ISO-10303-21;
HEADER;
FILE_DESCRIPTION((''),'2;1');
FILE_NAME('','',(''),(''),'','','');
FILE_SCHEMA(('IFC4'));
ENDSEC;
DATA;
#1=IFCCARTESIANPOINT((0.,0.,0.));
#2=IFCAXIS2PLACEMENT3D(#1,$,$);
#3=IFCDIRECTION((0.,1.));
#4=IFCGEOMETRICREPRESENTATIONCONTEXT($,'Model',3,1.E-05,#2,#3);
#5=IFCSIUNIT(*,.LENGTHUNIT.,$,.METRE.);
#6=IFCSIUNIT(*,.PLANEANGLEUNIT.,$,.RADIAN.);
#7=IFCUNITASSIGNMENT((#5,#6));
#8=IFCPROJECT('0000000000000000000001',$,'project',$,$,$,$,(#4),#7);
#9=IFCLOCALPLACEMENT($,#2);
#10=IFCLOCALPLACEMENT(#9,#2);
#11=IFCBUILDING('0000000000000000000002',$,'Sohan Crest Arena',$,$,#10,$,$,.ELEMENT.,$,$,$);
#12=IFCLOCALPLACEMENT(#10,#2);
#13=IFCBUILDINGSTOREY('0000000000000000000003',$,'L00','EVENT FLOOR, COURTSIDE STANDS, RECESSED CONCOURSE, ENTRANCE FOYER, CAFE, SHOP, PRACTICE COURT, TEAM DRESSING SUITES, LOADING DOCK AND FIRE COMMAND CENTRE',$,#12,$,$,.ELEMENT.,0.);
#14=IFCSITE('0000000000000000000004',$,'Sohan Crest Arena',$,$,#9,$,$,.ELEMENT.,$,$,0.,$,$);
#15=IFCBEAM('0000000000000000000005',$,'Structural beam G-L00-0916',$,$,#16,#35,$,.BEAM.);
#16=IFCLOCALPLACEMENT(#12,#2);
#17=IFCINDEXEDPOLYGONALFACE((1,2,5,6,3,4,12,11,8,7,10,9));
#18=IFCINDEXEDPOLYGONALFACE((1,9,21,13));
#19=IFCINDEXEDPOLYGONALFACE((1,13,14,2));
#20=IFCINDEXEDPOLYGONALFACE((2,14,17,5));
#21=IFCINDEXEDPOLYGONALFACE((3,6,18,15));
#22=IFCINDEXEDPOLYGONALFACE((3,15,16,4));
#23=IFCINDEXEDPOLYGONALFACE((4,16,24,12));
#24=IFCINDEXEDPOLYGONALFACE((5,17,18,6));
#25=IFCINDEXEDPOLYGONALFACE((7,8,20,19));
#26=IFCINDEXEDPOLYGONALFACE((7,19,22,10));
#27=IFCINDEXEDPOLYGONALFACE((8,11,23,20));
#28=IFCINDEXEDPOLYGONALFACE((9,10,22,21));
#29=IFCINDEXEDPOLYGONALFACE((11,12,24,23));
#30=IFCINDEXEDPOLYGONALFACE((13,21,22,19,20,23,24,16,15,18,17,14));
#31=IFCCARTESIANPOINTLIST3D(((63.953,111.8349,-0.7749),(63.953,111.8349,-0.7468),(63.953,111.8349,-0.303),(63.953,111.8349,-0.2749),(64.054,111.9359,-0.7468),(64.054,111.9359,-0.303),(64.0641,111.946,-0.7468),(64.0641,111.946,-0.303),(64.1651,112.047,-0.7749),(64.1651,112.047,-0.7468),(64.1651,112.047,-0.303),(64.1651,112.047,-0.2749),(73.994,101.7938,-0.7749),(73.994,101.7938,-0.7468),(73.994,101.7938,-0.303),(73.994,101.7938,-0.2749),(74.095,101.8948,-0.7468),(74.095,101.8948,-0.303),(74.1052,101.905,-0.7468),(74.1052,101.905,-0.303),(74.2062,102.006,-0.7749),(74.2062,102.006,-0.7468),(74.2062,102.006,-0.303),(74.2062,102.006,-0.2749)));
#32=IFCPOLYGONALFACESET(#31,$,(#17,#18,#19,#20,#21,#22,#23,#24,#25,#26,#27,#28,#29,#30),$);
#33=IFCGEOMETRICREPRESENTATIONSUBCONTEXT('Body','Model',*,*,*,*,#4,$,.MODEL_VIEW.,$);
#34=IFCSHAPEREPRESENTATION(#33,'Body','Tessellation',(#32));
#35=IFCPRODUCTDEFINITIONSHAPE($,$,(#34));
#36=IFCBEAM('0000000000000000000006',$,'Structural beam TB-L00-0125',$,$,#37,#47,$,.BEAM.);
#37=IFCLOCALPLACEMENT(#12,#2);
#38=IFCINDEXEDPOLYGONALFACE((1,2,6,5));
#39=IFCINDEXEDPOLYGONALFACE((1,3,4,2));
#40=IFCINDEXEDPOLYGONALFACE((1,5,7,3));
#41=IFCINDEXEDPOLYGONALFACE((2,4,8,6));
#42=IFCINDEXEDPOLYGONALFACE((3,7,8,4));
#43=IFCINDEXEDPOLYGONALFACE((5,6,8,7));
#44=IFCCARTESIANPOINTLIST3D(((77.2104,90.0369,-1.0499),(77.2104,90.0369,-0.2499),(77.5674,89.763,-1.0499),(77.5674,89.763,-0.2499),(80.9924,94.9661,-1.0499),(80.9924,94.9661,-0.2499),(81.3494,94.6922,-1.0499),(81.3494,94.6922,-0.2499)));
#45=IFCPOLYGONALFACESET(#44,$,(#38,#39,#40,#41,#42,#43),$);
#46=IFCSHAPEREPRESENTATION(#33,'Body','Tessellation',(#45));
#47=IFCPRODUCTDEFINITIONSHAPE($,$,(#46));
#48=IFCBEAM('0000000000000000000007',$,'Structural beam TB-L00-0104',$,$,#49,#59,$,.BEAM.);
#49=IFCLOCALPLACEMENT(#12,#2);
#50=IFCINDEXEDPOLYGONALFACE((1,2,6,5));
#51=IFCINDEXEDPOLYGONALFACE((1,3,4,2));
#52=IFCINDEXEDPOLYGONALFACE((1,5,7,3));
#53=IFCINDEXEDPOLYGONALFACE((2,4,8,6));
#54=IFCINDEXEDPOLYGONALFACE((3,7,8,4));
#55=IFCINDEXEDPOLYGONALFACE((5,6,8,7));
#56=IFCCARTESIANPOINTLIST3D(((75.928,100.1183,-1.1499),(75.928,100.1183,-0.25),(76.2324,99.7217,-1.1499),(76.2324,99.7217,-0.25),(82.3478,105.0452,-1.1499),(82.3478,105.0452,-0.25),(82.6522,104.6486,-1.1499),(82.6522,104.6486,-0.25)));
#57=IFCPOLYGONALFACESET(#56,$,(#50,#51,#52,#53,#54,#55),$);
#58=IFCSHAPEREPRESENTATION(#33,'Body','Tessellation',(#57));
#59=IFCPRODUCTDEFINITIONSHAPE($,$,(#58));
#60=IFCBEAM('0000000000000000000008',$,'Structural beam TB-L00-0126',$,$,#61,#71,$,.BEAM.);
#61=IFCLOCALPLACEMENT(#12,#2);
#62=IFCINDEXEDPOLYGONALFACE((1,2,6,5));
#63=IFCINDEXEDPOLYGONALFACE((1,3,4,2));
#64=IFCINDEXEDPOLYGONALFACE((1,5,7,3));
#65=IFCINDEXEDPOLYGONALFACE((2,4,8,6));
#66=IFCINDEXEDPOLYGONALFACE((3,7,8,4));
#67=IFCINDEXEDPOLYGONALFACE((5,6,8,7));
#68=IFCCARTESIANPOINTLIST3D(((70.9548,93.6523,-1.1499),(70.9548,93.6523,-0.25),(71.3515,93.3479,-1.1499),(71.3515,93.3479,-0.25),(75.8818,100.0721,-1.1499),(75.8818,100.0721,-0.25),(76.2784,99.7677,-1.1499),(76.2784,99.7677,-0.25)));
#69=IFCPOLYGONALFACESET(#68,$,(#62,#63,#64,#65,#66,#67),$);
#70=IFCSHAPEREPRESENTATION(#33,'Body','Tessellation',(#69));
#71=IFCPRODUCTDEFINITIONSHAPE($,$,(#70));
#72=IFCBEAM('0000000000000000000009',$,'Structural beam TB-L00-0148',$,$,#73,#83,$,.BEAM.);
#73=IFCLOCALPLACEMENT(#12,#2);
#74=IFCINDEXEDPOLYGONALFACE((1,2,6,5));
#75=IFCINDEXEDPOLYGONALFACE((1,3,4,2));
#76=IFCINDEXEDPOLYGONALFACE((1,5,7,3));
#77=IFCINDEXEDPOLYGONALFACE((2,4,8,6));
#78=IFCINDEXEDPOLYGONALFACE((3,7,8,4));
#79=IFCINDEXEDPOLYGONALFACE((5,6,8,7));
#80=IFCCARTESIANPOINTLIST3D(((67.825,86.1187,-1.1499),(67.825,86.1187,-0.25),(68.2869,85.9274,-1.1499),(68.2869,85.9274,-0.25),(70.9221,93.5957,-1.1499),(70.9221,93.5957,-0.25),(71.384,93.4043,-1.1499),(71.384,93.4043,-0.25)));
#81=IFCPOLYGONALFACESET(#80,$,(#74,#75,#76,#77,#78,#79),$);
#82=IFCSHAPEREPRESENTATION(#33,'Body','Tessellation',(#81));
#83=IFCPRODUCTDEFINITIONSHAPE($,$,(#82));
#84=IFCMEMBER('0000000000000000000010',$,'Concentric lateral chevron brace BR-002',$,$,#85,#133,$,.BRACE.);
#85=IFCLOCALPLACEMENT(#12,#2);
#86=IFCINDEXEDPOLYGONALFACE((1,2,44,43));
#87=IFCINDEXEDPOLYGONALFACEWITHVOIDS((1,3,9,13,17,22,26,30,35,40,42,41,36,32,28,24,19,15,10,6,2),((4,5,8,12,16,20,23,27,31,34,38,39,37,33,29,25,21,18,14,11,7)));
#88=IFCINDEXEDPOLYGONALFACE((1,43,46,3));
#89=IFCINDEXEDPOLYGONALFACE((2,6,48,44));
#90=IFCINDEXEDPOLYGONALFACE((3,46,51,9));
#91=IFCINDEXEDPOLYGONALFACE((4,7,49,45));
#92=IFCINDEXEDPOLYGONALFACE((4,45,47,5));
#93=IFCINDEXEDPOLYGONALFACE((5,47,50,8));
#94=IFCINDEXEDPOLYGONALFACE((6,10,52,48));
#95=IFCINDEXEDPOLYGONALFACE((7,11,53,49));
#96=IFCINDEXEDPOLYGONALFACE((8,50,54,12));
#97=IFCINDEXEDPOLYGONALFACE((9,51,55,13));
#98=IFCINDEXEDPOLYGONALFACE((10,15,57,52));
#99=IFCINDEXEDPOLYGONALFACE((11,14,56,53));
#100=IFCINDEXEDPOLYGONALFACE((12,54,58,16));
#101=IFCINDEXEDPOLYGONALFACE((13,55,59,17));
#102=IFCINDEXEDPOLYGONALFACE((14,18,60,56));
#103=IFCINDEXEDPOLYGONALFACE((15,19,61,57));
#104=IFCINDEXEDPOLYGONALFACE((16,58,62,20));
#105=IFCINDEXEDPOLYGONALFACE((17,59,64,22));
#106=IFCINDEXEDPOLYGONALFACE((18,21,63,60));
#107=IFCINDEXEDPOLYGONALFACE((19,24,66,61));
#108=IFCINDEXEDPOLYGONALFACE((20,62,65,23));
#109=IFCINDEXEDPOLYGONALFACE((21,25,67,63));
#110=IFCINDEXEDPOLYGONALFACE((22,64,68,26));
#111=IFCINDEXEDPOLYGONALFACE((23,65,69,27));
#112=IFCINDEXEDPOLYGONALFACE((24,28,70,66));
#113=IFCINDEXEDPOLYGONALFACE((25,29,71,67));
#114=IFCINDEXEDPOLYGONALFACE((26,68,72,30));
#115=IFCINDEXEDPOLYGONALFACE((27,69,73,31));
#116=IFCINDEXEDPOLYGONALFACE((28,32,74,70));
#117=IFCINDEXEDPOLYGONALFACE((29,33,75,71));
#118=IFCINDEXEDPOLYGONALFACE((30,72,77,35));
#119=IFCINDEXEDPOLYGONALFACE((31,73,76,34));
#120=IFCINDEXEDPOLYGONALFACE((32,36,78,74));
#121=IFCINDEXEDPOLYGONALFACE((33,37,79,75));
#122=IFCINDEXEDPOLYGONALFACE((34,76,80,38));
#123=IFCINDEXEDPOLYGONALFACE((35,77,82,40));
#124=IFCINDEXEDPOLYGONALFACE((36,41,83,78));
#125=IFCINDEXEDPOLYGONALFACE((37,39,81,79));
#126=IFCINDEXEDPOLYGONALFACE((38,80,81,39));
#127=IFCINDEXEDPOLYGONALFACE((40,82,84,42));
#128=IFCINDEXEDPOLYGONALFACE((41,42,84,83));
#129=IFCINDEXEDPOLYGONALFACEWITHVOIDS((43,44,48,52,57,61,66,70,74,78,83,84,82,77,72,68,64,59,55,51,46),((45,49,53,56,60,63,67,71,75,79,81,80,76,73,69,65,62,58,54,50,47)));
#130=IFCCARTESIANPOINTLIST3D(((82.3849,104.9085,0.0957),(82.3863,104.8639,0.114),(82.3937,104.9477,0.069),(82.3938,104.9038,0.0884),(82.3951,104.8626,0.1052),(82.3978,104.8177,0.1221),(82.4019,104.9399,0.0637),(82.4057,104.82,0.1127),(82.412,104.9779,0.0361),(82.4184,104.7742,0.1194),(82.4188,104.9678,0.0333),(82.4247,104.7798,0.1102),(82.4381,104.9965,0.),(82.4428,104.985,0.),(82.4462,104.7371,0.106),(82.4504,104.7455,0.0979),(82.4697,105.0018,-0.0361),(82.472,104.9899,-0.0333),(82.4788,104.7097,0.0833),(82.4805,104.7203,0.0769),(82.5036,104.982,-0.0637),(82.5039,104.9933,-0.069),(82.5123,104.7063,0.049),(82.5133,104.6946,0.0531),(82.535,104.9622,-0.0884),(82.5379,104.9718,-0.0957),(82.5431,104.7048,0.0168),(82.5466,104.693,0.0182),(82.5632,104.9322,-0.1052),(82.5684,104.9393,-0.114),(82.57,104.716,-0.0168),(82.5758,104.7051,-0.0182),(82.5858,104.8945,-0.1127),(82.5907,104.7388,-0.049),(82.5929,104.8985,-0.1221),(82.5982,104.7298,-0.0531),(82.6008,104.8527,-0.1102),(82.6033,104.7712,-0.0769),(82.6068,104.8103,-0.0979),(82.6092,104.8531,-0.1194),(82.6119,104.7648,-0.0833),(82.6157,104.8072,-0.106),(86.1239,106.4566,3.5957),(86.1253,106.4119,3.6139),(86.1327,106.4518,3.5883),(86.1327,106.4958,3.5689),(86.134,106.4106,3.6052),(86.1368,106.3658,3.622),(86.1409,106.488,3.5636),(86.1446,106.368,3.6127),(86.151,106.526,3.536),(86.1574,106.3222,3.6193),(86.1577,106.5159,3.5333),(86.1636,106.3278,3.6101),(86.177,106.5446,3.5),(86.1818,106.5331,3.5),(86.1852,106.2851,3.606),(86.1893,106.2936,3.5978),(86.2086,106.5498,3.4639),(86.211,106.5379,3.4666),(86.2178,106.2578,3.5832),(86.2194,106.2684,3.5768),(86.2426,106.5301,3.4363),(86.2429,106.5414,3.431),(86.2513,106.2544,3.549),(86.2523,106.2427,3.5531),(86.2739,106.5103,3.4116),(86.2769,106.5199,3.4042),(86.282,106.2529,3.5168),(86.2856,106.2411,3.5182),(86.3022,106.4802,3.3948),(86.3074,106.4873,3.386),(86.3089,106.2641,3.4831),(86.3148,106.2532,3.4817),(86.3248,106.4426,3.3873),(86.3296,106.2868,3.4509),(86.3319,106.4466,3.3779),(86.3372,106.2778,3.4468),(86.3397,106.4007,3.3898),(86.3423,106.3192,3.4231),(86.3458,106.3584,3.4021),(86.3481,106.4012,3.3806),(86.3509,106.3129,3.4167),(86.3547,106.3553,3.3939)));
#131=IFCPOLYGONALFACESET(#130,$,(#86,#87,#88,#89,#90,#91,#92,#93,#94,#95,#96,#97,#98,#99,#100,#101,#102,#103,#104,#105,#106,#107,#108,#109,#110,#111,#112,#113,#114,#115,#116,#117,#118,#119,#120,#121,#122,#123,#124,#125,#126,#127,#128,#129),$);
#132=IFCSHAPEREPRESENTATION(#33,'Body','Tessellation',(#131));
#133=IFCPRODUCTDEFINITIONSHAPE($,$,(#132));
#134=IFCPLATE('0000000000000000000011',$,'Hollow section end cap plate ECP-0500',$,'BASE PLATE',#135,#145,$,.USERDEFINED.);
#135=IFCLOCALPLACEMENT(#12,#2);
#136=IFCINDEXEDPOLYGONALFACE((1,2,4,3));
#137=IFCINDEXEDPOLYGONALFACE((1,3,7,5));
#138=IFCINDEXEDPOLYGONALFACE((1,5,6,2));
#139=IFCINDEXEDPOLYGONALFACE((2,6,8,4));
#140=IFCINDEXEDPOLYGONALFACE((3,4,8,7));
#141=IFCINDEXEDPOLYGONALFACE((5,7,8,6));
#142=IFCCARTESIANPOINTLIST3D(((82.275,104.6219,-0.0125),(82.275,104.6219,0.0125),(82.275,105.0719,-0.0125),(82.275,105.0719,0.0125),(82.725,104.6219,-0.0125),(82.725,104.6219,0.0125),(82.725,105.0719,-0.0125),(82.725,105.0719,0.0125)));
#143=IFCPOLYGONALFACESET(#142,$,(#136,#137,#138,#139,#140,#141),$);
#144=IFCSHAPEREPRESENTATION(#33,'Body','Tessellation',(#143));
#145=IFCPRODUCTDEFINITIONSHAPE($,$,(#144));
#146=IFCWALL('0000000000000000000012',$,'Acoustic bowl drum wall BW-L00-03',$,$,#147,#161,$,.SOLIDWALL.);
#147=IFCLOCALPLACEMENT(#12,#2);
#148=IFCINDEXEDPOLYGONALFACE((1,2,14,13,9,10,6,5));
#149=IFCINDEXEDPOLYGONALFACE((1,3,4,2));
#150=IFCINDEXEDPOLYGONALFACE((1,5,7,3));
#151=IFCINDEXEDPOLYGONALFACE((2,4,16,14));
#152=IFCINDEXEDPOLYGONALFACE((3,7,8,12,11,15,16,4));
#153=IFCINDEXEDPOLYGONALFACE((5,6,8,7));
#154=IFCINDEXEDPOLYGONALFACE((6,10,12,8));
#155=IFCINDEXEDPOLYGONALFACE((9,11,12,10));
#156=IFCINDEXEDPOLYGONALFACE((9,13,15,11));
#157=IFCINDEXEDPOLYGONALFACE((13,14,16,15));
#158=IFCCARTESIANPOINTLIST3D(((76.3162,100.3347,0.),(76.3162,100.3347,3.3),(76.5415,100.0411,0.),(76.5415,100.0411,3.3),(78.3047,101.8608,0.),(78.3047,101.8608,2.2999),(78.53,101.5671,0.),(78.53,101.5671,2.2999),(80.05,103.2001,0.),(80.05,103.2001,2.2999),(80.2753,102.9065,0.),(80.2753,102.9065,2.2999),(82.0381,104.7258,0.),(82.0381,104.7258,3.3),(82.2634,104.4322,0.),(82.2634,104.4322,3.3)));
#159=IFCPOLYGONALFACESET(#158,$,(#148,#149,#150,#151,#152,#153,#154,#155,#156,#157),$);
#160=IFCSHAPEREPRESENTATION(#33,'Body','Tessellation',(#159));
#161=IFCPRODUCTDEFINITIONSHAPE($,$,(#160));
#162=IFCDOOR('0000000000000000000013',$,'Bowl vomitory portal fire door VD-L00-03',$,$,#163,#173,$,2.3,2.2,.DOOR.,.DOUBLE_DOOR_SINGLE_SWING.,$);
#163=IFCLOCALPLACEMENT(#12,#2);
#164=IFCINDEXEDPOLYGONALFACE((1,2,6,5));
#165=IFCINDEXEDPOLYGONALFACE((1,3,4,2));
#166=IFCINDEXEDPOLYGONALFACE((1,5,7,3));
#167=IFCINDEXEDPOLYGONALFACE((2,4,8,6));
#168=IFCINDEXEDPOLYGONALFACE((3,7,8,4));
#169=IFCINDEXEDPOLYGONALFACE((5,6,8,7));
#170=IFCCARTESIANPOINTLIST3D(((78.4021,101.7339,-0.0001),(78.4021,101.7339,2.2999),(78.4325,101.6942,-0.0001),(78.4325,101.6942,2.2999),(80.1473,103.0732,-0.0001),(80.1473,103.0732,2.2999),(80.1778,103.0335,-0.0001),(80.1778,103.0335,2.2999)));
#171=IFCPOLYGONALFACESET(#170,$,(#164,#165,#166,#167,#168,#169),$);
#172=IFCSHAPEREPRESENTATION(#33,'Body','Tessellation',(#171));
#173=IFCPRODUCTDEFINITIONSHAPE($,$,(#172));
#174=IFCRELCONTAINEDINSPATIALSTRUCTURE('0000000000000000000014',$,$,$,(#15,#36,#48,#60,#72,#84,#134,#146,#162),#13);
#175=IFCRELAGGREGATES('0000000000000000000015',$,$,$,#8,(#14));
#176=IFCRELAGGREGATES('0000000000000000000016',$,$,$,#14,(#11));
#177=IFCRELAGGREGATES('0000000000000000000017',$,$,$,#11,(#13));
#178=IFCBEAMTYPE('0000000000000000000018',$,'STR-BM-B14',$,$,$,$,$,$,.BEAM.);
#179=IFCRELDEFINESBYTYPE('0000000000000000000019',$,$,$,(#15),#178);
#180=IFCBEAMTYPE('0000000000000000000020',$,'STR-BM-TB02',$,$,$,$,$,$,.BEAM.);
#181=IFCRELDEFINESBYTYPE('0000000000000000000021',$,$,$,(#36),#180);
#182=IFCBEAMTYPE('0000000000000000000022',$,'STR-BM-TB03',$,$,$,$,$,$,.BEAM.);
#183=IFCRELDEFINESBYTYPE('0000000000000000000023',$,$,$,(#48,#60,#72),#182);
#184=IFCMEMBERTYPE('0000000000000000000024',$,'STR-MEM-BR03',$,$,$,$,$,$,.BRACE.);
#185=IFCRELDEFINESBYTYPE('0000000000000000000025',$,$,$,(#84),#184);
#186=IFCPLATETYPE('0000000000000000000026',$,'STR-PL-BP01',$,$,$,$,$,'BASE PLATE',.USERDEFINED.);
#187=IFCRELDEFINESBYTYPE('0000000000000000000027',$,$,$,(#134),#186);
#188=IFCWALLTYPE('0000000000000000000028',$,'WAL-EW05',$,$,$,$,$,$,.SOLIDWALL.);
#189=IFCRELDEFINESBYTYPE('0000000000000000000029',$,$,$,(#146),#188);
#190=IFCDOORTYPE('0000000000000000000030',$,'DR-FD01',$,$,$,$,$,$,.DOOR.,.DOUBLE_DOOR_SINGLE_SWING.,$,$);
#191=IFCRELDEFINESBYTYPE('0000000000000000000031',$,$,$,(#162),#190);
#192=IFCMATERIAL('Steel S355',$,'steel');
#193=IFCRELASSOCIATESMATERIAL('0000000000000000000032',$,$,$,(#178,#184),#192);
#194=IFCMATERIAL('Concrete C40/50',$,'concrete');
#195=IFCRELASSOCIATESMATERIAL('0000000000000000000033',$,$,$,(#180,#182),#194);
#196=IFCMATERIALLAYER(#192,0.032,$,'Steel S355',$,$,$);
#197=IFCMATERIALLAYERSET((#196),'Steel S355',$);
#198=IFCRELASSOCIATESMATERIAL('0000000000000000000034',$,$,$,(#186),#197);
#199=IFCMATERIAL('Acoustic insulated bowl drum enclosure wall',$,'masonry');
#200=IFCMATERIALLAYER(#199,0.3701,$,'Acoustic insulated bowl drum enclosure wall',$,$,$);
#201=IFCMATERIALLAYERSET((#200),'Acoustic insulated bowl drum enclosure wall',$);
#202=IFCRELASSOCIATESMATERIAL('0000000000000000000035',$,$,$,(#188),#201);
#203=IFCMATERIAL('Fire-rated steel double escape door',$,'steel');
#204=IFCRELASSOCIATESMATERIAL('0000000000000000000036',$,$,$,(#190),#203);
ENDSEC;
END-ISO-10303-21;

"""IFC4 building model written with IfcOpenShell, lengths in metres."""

from ifc_helpers import new_model, si_unit, direction, frame, frame_2d, origin, origin_2d, place, context, subcontext, project, spatial, rectangle, hollow_circle, i_section, extrude, material, layer, layer_set, material_profile, profile_set, type_object, element, fill, save


model = new_model("IFC4")

# Units and contexts
model_context = context("Model", 3, precision=1e-05, world=origin(), true_north=direction((0.0, 1.0)))
body_context = subcontext(model_context, "Body", "Model", "MODEL_VIEW")
ifc_project = project(units=[si_unit("LENGTHUNIT", "METRE"), si_unit("PLANEANGLEUNIT", "RADIAN")], contexts=[model_context])

# Site, building, storey
site_placement = place(None, origin())
site = spatial("IfcSite", under=ifc_project, at=site_placement, Name="Sohan Crest Arena", CompositionType="ELEMENT", RefElevation=0.0)
building_placement = place(site_placement, origin())
building = spatial("IfcBuilding", under=site, at=building_placement, Name="Sohan Crest Arena", CompositionType="ELEMENT")
storey_placement = place(building_placement, origin())
storey = spatial("IfcBuildingStorey", under=building, at=storey_placement, Name="L00", Description="EVENT FLOOR, COURTSIDE STANDS, RECESSED CONCOURSE, ENTRANCE FOYER, CAFE, SHOP, PRACTICE COURT, TEAM DRESSING SUITES, LOADING DOCK AND FIRE COMMAND CENTRE", CompositionType="ELEMENT", Elevation=0.0)

# Shared definitions
ifc_material_1 = material(Name="Concrete C40/50", Category="concrete")
ifc_material_2 = material(Name="Steel S355", Category="steel")

# Beams
ifc_material_profile_1 = material_profile(ifc_material_2, i_section(OverallWidth=0.3, OverallDepth=0.5, WebThickness=0.0144, FlangeThickness=0.0281, at=origin_2d()), Name="HEB 500")
ifc_profile_set_1 = profile_set([ifc_material_profile_1], Name="Steel S355")
beam_type_1 = type_object("IfcBeamType", Name="STR-BM-B14", PredefinedType="BEAM", material=ifc_profile_set_1)
beam_1_placement = place(storey_placement, frame((74.1001, 101.8999, -0.5249), z_axis=(-0.707107, 0.707107, 0.0), x_axis=(-0.707107, -0.707107, 0.0)))
element("IfcBeam", 1, at=beam_1_placement, inside=storey, type_object=beam_type_1, Name="Structural beam G-L00-0916", PredefinedType="BEAM", context=body_context, shape_type="SweptSolid", body=[
    extrude(i_section(OverallWidth=0.3, OverallDepth=0.5, WebThickness=0.0144, FlangeThickness=0.0281, at=origin_2d()), origin(), (0.0, 0.0, 1.0), 14.2002),
])
ifc_material_profile_2 = material_profile(ifc_material_1, rectangle(XDim=0.45, YDim=0.8, at=origin_2d()), Name="RC-BM 450x800")
ifc_profile_set_2 = profile_set([ifc_material_profile_2], Name="Concrete C40/50")
beam_type_2 = type_object("IfcBeamType", Name="STR-BM-TB02", PredefinedType="BEAM", material=ifc_profile_set_2)
beam_2_placement = place(storey_placement, frame((81.1709, 94.8291, -0.6499), z_axis=(-0.608728, -0.793379, 0.0), x_axis=(0.793379, -0.608728, 0.0)))
element("IfcBeam", 2, at=beam_2_placement, inside=storey, type_object=beam_type_2, Name="Structural beam TB-L00-0125", PredefinedType="BEAM", context=body_context, shape_type="SweptSolid", body=[
    extrude(rectangle(XDim=0.45, YDim=0.8, at=origin_2d()), origin(), (0.0, 0.0, 1.0), 6.2129),
])
ifc_material_profile_3 = material_profile(ifc_material_1, rectangle(XDim=0.5, YDim=0.8999, at=origin_2d()), Name="RC-BM 500x900")
ifc_profile_set_3 = profile_set([ifc_material_profile_3], Name="Concrete C40/50")
beam_type_3 = type_object("IfcBeamType", Name="STR-BM-TB03", PredefinedType="BEAM", material=ifc_profile_set_3)
for number, where, z_axis, x_axis, name in (
    (3, (82.5, 104.8469, -0.7), (-0.793304, -0.608825, 0.0), (0.608825, -0.793304, 0.0), "Structural beam TB-L00-0104"),
    (4, (76.0801, 99.9199, -0.7), (-0.608825, -0.793304, 0.0), (0.793304, -0.608825, 0.0), "Structural beam TB-L00-0126"),
):
    element("IfcBeam", number, at=place(storey_placement, frame(where, z_axis=z_axis, x_axis=x_axis)), inside=storey, type_object=beam_type_3, Name=name, PredefinedType="BEAM", context=body_context, shape_type="SweptSolid", body=[
        extrude(rectangle(XDim=0.5, YDim=0.8999, at=origin_2d()), origin(), (0.0, 0.0, 1.0), 8.0925),
    ])
beam_3_placement = place(storey_placement, frame((71.1531, 93.5, -0.7), z_axis=(-0.382691, -0.923876, 0.0), x_axis=(0.923876, -0.382691, 0.0)))
element("IfcBeam", 5, at=beam_3_placement, inside=storey, type_object=beam_type_3, Name="Structural beam TB-L00-0148", PredefinedType="BEAM", context=body_context, shape_type="SweptSolid", body=[
    extrude(rectangle(XDim=0.5, YDim=0.8999, at=origin_2d()), origin(), (0.0, 0.0, 1.0), 8.093),
])

# Member
ifc_material_profile_4 = material_profile(ifc_material_2, hollow_circle(Radius=0.1619, WallThickness=0.0125, at=origin_2d()), Name="CHS 323.9x12.5")
ifc_profile_set_4 = profile_set([ifc_material_profile_4], Name="Steel S355")
member_type = type_object("IfcMemberType", Name="STR-MEM-BR03", PredefinedType="BRACE", material=ifc_profile_set_4)
member_placement = place(storey_placement, frame((82.5, 104.8469, 0.0), z_axis=(0.698828, 0.289342, 0.654156), x_axis=(-0.382545, 0.923937, 0.0)))
element("IfcMember", 6, at=member_placement, inside=storey, type_object=member_type, Name="Concentric lateral chevron brace BR-002", PredefinedType="BRACE", context=body_context, shape_type="SweptSolid", body=[
    extrude(hollow_circle(Radius=0.1619, WallThickness=0.0125, at=origin_2d()), origin(), (0.0, 0.0, 1.0), 5.3503),
])

# Plate
ifc_layer_1 = layer(ifc_material_2, 0.032, Name="Steel S355")
ifc_layer_set_1 = layer_set([ifc_layer_1], Name="Steel S355")
plate_type = type_object("IfcPlateType", Name="STR-PL-BP01", ElementType="BASE PLATE", PredefinedType="USERDEFINED", material=ifc_layer_set_1)
plate_placement = place(storey_placement, frame((82.5, 104.8469, -0.0125), z_axis=(0.0, 0.0, 1.0), x_axis=(1.0, 0.0, 0.0)))
element("IfcPlate", 7, at=plate_placement, inside=storey, type_object=plate_type, Name="Hollow section end cap plate ECP-0500", ObjectType="BASE PLATE", PredefinedType="USERDEFINED", context=body_context, shape_type="SweptSolid", body=[
    extrude(rectangle(XDim=0.45, YDim=0.45, at=origin_2d()), origin(), (0.0, 0.0, 1.0), 0.0249),
])

# Wall, opening, door
ifc_material_3 = material(Name="Acoustic insulated bowl drum enclosure wall", Category="masonry")
ifc_layer_2 = layer(ifc_material_3, 0.3701, Name="Acoustic insulated bowl drum enclosure wall")
ifc_layer_set_2 = layer_set([ifc_layer_2], Name="Acoustic insulated bowl drum enclosure wall")
wall_type_1 = type_object("IfcWallType", Name="WAL-EW05", PredefinedType="SOLIDWALL", material=ifc_layer_set_2)
wall_1_placement = place(storey_placement, frame((82.1509, 104.5791, 0.0), z_axis=(0.0, 0.0, 1.0), x_axis=(-0.793318, -0.608807, 0.0)))
wall_1 = element("IfcWall", 8, at=wall_1_placement, inside=storey, type_object=wall_type_1, Name="Acoustic bowl drum wall BW-L00-03", PredefinedType="SOLIDWALL", context=body_context, shape_type="SweptSolid", body=[
    extrude(rectangle(XDim=7.2126, YDim=0.3701, at=frame_2d((3.6064, 0.0))), origin(), (0.0, 0.0, 1.0), 3.3),
])
opening_1_placement = place(wall_1_placement, frame((2.5061, 0.0, 0.0)))
opening_1 = element("IfcOpeningElement", 9, at=opening_1_placement, cuts=wall_1, PredefinedType="OPENING", context=body_context, shape_type="SweptSolid", body=[
    extrude(rectangle(XDim=2.2, YDim=2.3, at=frame_2d((1.1001, 1.1499))), frame((0.0, 0.1951, 0.0), z_axis=(0.0, -1.0, 0.0), x_axis=(1.0, 0.0, 0.0)), (0.0, 0.0, 1.0), 0.3901),
])
ifc_material_4 = material(Name="Fire-rated steel double escape door", Category="steel")
door_type_1 = type_object("IfcDoorType", Name="DR-FD01", OperationType="DOUBLE_DOOR_SINGLE_SWING", PredefinedType="DOOR", material=ifc_material_4)
door_1_placement = place(opening_1_placement, origin())
door_1 = element("IfcDoor", 10, at=door_1_placement, inside=storey, type_object=door_type_1, Name="Bowl vomitory portal fire door VD-L00-03", OperationType="DOUBLE_DOOR_SINGLE_SWING", OverallHeight=2.3, OverallWidth=2.2, PredefinedType="DOOR", context=body_context, shape_type="SweptSolid", body=[
    extrude(rectangle(XDim=2.2, YDim=2.3, at=frame_2d((1.1001, 1.1499))), frame((0.0, 0.0249, 0.0), z_axis=(0.0, -1.0, 0.0), x_axis=(1.0, 0.0, 0.0)), (0.0, 0.0, 1.0), 0.05),
])
fill(opening_1, door_1)

save(model, "model.ifc")
